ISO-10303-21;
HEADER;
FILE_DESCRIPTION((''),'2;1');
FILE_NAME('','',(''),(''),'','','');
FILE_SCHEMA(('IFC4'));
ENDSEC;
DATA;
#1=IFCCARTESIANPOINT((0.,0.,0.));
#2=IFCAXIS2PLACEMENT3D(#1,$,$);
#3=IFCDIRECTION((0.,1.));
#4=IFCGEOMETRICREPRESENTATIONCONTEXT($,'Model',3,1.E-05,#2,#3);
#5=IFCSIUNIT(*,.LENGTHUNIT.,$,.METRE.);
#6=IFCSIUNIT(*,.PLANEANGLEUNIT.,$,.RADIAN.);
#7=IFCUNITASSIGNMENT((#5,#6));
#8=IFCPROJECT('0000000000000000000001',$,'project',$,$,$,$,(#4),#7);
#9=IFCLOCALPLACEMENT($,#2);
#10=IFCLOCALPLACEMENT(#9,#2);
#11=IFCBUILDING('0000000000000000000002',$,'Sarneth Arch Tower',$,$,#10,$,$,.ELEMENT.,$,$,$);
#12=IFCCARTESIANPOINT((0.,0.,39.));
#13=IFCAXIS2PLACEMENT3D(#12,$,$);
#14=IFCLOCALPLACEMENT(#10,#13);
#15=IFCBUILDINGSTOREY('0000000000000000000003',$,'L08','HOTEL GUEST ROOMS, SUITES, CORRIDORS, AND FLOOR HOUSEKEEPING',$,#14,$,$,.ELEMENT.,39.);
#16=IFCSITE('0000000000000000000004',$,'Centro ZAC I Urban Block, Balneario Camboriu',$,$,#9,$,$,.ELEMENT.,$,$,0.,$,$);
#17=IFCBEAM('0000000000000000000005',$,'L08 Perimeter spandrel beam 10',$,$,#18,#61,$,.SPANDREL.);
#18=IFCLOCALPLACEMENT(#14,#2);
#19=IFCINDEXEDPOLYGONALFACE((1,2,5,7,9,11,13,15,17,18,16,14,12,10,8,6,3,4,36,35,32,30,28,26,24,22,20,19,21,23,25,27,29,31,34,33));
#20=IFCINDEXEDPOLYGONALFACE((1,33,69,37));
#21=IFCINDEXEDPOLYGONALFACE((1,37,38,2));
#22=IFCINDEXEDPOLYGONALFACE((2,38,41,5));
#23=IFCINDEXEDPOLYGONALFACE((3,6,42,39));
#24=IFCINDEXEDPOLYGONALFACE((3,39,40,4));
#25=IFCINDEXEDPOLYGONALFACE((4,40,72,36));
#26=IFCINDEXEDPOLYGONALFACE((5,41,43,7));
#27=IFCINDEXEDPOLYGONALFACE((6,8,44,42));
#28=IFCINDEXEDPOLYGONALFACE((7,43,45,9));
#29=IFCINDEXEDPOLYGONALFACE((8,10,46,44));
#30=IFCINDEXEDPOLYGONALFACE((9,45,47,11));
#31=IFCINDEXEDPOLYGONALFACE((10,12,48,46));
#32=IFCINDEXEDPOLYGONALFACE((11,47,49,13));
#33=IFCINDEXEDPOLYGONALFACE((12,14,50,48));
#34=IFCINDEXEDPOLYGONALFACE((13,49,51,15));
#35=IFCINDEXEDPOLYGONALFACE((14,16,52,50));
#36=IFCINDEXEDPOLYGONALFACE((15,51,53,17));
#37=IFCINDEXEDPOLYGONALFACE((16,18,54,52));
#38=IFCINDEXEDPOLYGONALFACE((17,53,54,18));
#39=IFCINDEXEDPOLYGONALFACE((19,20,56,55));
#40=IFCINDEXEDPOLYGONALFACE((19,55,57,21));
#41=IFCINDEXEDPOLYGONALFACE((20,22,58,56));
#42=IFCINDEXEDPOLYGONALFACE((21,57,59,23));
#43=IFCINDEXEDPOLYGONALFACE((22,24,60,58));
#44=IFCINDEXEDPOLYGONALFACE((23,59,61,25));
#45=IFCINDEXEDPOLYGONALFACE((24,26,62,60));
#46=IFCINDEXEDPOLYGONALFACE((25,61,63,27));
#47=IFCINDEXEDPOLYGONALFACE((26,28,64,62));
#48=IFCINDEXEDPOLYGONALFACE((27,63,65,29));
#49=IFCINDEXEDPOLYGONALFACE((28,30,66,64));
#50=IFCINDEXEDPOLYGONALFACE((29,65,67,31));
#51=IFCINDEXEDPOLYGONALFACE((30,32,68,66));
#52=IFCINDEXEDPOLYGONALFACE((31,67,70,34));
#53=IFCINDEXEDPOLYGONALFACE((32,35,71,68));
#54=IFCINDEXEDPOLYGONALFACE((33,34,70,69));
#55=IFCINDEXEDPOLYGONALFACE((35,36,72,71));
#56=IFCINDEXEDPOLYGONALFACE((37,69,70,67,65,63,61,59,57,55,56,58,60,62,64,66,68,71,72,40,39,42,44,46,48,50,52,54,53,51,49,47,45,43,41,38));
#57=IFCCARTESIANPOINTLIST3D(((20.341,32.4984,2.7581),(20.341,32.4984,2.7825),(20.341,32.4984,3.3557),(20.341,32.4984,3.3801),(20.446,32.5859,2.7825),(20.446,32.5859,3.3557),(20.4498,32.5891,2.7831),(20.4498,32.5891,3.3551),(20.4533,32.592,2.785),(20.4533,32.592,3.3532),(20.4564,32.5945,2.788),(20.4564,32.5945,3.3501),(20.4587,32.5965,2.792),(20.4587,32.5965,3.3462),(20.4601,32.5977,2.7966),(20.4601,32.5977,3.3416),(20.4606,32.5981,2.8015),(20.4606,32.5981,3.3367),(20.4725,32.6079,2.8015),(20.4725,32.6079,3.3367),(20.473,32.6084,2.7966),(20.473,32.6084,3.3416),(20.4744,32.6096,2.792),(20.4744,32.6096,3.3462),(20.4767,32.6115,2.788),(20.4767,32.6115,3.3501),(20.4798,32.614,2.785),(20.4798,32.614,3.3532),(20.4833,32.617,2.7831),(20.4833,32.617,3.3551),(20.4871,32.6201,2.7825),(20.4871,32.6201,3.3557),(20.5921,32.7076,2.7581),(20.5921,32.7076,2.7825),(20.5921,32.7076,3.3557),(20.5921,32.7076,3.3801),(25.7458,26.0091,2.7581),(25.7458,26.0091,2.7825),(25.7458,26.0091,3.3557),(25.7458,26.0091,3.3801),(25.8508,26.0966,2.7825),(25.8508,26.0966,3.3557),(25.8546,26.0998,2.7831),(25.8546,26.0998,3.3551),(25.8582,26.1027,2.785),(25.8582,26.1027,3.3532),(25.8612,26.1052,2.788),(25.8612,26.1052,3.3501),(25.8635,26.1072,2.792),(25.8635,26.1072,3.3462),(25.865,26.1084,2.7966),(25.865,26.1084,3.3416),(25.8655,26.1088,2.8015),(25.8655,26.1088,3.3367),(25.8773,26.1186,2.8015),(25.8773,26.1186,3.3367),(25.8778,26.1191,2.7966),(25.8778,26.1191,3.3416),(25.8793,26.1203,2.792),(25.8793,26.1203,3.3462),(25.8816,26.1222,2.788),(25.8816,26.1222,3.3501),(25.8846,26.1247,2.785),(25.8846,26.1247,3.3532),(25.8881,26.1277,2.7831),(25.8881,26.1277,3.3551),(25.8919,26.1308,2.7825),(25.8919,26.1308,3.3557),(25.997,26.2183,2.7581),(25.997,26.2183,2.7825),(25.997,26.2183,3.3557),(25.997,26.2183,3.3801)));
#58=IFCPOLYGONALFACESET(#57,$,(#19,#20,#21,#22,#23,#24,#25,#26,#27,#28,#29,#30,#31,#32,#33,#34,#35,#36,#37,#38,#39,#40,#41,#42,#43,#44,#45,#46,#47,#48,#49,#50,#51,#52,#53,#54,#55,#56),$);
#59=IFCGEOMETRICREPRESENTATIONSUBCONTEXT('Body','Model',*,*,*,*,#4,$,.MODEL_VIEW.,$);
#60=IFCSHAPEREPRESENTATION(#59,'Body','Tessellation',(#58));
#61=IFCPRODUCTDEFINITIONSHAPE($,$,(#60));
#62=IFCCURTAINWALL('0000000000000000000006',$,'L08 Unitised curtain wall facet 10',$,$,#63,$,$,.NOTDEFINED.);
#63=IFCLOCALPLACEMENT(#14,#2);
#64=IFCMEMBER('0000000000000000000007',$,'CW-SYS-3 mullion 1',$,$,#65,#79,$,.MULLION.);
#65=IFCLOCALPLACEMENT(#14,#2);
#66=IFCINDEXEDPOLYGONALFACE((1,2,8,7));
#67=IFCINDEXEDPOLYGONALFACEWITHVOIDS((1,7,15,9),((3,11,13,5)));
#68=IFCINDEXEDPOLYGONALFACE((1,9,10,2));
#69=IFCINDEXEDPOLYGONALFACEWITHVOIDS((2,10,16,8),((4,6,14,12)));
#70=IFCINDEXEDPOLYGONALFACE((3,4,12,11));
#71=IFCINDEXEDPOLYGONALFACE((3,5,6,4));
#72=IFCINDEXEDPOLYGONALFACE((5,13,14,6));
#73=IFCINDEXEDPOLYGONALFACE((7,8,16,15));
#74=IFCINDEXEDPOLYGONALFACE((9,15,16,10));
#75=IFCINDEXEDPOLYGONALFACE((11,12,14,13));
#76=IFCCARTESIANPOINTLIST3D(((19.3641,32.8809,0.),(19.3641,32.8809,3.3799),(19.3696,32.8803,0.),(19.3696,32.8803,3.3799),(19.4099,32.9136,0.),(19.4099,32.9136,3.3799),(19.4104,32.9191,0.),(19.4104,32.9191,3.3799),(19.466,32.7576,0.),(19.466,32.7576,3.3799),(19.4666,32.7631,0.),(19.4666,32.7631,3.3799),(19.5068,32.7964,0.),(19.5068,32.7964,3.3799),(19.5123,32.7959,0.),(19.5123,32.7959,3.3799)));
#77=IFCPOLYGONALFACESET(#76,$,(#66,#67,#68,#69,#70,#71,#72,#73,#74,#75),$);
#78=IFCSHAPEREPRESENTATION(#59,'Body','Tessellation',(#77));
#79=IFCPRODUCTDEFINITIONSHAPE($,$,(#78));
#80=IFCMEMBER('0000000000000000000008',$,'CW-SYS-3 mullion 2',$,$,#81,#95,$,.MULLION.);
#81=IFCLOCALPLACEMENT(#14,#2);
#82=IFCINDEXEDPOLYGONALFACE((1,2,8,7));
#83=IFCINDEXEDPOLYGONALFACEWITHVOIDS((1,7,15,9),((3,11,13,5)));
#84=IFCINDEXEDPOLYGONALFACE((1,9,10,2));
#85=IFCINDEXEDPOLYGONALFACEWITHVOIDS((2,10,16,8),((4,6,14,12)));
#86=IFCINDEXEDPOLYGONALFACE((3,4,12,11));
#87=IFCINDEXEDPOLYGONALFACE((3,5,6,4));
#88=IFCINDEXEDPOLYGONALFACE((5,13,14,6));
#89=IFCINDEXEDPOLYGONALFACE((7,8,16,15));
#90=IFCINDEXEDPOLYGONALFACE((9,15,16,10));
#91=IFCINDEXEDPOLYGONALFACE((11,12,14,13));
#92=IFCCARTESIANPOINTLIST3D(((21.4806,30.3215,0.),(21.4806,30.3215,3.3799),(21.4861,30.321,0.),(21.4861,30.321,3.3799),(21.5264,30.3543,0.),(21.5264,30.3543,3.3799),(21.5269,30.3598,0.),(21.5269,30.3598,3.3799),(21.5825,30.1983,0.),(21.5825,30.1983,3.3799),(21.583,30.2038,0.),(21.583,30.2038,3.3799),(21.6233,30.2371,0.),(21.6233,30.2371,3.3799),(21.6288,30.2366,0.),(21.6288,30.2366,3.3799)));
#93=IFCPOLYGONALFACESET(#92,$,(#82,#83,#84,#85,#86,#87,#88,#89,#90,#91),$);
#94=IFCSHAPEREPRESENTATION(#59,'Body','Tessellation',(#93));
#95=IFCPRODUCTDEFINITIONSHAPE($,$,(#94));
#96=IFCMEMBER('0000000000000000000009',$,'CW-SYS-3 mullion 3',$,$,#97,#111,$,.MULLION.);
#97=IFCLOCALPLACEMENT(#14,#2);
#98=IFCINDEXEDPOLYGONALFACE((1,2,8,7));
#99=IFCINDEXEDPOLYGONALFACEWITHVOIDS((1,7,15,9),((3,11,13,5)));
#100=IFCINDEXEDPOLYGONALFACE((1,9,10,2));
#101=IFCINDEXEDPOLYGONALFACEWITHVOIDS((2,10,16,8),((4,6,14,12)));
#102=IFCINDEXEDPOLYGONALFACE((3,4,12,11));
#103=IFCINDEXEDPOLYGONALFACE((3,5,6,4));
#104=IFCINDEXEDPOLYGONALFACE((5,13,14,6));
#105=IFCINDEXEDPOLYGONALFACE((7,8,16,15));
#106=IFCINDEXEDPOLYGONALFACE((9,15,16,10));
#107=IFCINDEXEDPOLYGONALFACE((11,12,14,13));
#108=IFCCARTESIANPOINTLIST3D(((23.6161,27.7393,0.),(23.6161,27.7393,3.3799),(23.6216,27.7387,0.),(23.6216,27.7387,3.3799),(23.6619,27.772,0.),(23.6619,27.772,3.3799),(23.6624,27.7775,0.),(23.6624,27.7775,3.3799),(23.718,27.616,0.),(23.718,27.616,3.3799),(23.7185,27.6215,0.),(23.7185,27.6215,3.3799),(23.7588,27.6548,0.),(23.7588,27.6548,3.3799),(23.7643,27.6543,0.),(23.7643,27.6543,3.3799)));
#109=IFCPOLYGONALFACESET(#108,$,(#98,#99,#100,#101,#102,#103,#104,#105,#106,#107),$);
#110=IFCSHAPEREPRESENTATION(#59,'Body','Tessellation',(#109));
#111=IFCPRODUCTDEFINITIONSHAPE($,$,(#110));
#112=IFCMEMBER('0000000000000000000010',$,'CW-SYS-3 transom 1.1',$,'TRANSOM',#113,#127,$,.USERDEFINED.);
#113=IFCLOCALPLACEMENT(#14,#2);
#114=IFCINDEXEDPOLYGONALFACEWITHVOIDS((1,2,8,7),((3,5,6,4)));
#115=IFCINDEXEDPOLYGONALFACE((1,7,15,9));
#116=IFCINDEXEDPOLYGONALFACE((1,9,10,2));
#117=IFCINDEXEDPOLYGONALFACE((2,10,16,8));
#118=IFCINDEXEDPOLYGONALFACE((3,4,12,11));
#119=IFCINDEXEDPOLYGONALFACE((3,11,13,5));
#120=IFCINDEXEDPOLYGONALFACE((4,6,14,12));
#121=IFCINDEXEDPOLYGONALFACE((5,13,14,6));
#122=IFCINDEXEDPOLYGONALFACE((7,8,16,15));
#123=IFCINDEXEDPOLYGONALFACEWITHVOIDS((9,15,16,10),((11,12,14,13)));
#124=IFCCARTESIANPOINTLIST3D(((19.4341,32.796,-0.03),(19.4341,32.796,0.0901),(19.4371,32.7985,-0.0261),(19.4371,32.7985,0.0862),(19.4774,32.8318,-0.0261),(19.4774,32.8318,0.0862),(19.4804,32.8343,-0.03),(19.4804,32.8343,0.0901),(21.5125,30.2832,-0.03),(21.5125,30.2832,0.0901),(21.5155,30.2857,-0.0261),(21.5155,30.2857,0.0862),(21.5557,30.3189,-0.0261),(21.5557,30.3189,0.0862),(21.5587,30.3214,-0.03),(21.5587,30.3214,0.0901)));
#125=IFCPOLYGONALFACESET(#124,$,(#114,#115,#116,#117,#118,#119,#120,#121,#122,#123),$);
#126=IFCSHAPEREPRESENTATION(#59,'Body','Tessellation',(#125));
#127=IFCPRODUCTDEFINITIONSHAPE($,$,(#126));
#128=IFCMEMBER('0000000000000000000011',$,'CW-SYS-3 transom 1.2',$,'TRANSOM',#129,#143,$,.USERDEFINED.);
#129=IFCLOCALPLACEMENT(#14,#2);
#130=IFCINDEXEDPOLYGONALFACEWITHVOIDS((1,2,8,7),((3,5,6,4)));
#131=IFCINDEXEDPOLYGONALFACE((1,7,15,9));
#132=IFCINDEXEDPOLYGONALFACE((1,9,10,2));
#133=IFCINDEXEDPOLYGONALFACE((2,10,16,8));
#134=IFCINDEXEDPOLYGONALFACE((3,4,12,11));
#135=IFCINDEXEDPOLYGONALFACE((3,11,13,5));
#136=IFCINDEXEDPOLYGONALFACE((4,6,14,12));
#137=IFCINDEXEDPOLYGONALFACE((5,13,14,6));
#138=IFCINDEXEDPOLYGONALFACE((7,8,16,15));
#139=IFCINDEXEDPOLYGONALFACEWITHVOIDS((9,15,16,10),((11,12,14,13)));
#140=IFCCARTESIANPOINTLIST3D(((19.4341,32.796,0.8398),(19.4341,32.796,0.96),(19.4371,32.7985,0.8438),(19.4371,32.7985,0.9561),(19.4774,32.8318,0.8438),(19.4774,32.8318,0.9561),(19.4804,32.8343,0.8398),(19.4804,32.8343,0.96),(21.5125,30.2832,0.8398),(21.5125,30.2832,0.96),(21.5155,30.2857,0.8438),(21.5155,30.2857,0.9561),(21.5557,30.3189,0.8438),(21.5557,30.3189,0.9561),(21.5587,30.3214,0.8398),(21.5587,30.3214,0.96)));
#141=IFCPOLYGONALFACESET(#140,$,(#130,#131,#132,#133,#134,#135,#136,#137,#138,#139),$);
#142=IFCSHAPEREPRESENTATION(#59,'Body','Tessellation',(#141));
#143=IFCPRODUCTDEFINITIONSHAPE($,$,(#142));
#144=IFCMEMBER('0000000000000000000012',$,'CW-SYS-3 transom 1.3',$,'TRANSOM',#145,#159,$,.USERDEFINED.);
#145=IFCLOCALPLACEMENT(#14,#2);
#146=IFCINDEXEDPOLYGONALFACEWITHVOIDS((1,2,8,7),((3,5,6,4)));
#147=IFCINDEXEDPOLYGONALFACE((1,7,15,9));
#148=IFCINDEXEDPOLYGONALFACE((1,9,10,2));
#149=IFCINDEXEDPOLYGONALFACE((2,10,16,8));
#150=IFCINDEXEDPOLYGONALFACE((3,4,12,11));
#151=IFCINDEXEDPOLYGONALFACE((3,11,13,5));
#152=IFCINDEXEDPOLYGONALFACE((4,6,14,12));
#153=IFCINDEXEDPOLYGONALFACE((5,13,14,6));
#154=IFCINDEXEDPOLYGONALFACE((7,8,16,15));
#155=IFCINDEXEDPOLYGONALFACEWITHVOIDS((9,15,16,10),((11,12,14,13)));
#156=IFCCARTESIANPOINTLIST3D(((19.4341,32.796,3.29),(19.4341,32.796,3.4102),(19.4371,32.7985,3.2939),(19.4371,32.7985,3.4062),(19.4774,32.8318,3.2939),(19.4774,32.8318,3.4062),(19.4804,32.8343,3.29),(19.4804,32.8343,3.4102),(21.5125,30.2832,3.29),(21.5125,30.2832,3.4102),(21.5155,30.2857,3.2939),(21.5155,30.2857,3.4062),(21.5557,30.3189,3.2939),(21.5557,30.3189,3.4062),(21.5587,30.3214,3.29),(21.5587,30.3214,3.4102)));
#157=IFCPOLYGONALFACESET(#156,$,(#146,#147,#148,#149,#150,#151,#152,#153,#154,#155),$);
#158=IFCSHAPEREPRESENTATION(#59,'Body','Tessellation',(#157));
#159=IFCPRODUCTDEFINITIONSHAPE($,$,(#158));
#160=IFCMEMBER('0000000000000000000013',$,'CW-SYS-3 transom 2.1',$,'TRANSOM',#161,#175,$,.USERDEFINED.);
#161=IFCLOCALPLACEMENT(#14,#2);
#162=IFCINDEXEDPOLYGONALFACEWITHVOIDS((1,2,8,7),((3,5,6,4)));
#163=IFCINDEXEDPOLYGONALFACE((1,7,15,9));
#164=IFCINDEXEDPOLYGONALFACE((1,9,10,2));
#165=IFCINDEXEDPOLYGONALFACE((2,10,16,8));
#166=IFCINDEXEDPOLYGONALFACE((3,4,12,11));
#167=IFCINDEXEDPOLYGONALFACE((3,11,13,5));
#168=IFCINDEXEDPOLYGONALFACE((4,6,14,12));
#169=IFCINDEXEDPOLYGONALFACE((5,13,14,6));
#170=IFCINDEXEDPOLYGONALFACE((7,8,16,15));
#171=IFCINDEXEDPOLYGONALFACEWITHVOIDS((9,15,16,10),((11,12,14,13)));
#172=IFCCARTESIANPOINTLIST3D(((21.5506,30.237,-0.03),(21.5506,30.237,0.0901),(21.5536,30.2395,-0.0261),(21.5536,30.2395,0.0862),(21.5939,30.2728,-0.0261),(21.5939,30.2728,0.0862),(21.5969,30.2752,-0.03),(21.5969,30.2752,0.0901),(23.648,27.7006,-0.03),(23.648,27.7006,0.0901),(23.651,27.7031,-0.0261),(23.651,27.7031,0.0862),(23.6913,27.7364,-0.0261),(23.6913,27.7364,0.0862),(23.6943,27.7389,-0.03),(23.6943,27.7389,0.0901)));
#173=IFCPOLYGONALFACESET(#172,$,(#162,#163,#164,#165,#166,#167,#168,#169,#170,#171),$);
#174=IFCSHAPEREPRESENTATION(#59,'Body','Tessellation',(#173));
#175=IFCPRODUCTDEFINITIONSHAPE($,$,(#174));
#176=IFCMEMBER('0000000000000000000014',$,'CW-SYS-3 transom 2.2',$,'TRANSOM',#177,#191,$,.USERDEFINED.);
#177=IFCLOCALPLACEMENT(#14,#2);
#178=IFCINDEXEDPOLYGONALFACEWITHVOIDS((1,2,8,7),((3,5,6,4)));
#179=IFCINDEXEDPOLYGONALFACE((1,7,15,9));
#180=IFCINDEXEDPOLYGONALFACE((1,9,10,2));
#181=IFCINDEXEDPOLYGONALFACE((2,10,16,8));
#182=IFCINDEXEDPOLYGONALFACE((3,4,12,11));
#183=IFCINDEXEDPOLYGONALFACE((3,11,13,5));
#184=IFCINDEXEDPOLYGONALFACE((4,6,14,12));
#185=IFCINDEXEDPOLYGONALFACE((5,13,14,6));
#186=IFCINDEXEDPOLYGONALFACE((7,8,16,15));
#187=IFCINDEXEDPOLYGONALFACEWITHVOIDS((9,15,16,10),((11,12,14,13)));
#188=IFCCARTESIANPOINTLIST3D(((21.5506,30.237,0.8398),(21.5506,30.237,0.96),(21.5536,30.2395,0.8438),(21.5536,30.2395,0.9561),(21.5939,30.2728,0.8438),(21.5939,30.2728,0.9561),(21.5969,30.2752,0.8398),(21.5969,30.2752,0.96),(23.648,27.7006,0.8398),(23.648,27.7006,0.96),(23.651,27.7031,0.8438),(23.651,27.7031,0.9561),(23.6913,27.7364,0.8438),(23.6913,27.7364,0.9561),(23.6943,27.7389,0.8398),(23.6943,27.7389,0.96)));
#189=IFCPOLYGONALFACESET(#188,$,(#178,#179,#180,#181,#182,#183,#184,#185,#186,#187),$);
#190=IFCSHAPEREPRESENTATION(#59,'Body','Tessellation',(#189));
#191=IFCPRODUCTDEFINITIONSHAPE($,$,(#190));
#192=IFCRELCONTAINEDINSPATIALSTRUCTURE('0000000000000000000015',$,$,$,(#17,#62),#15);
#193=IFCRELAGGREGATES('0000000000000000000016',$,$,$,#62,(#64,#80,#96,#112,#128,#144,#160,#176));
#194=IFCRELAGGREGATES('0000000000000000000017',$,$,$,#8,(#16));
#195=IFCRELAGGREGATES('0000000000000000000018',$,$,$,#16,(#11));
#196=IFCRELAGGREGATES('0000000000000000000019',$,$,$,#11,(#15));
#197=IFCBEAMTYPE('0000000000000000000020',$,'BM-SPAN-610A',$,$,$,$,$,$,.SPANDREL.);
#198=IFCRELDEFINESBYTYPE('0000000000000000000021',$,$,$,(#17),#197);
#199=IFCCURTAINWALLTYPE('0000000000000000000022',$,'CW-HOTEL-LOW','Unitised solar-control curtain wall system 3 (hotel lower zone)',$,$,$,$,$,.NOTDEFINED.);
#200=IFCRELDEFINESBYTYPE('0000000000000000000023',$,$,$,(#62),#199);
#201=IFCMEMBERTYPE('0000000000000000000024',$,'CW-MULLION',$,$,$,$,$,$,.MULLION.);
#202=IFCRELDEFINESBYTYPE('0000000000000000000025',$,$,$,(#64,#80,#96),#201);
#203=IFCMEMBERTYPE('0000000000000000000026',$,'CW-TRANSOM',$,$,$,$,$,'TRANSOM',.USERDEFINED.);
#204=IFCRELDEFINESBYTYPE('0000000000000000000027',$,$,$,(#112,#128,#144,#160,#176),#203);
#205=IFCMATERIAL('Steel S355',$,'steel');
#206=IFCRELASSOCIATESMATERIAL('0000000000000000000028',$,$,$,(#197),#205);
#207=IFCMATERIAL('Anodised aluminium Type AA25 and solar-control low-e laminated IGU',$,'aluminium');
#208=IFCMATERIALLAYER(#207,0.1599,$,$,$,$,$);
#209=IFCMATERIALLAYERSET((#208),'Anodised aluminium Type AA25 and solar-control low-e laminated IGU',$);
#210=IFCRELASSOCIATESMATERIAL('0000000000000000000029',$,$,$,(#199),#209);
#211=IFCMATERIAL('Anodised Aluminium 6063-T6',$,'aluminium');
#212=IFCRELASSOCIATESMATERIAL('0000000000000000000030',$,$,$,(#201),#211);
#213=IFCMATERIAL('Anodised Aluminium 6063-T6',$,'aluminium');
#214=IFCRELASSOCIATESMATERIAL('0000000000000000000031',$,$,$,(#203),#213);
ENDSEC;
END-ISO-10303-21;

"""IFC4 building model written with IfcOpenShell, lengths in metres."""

from ifc_helpers import new_model, si_unit, direction, frame, origin, origin_2d, place, context, subcontext, project, spatial, hollow_rectangle, i_section, extrude, material, layer, layer_set, material_profile, profile_set, type_object, element, aggregate, save


model = new_model("IFC4")

# Units and contexts
model_context = context("Model", 3, precision=1e-05, world=origin(), true_north=direction((0.0, 1.0)))
body_context = subcontext(model_context, "Body", "Model", "MODEL_VIEW")
ifc_project = project(units=[si_unit("LENGTHUNIT", "METRE"), si_unit("PLANEANGLEUNIT", "RADIAN")], contexts=[model_context])

# Site, building, storey
site_placement = place(None, origin())
site = spatial("IfcSite", under=ifc_project, at=site_placement, Name="Centro ZAC I Urban Block, Balneario Camboriu", CompositionType="ELEMENT", RefElevation=0.0)
building_placement = place(site_placement, origin())
building = spatial("IfcBuilding", under=site, at=building_placement, Name="Sarneth Arch Tower", CompositionType="ELEMENT")
storey_placement = place(building_placement, frame((0.0, 0.0, 39.0)))
storey = spatial("IfcBuildingStorey", under=building, at=storey_placement, Name="L08", Description="HOTEL GUEST ROOMS, SUITES, CORRIDORS, AND FLOOR HOUSEKEEPING", CompositionType="ELEMENT", Elevation=39.0)

# Beam
ifc_material_1 = material(Name="Steel S355", Category="steel")
ifc_material_profile_1 = material_profile(ifc_material_1, i_section(OverallWidth=0.3269, OverallDepth=0.6221, WebThickness=0.0154, FlangeThickness=0.0244, FilletRadius=0.019, at=origin_2d()), Name="W610x195")
ifc_profile_set_1 = profile_set([ifc_material_profile_1], Name="Steel S355")
beam_type_1 = type_object("IfcBeamType", Name="BM-SPAN-610A", PredefinedType="SPANDREL", material=ifc_profile_set_1)
beam_1_placement = place(storey_placement, frame((20.4666, 32.603, 3.0691), z_axis=(0.63998, -0.768392, 0.0), x_axis=(0.768392, 0.63998, 0.0)))
element("IfcBeam", 1, at=beam_1_placement, inside=storey, type_object=beam_type_1, Name="L08 Perimeter spandrel beam 10", PredefinedType="SPANDREL", context=body_context, shape_type="SweptSolid", body=[
    extrude(i_section(OverallWidth=0.3269, OverallDepth=0.6221, WebThickness=0.0154, FlangeThickness=0.0244, FilletRadius=0.019, at=origin_2d()), origin(), (0.0, 0.0, 1.0), 8.4453),
])

# Curtain wall, members
ifc_material_2 = material(Name="Anodised aluminium Type AA25 and solar-control low-e laminated IGU", Category="aluminium")
ifc_layer_1 = layer(ifc_material_2, 0.1599)
ifc_layer_set_1 = layer_set([ifc_layer_1], Name="Anodised aluminium Type AA25 and solar-control low-e laminated IGU")
curtain_wall_type = type_object("IfcCurtainWallType", Name="CW-HOTEL-LOW", Description="Unitised solar-control curtain wall system 3 (hotel lower zone)", PredefinedType="NOTDEFINED", material=ifc_layer_set_1)
curtain_wall_placement = place(storey_placement, origin())
curtain_wall = element("IfcCurtainWall", 2, at=curtain_wall_placement, inside=storey, type_object=curtain_wall_type, Name="L08 Unitised curtain wall facet 10", PredefinedType="NOTDEFINED")
ifc_material_3 = material(Name="Anodised Aluminium 6063-T6", Category="aluminium")
ifc_material_profile_2 = material_profile(ifc_material_3, hollow_rectangle(XDim=0.0601, YDim=0.1599, WallThickness=0.0039, at=origin_2d()), Name="AL-MULL-160x60x4")
ifc_profile_set_2 = profile_set([ifc_material_profile_2], Name="Anodised Aluminium 6063-T6")
member_type_1 = type_object("IfcMemberType", Name="CW-MULLION", PredefinedType="MULLION", material=ifc_profile_set_2)
member_1_placement = place(storey_placement, frame((19.4382, 32.8384, 0.0), z_axis=(0.0, 0.0, 1.0), x_axis=(0.770623, 0.637291, 0.0)))
member_1 = element("IfcMember", 3, at=member_1_placement, type_object=member_type_1, Name="CW-SYS-3 mullion 1", PredefinedType="MULLION", context=body_context, shape_type="SweptSolid", body=[
    extrude(hollow_rectangle(XDim=0.0601, YDim=0.1599, WallThickness=0.0039, at=origin_2d()), origin(), (0.0, 0.0, 1.0), 3.3799),
])
member_2_placement = place(storey_placement, frame((21.5547, 30.2791, 0.0), z_axis=(0.0, 0.0, 1.0), x_axis=(0.770623, 0.637291, 0.0)))
member_2 = element("IfcMember", 4, at=member_2_placement, type_object=member_type_1, Name="CW-SYS-3 mullion 2", PredefinedType="MULLION", context=body_context, shape_type="SweptSolid", body=[
    extrude(hollow_rectangle(XDim=0.0601, YDim=0.1599, WallThickness=0.0039, at=origin_2d()), origin(), (0.0, 0.0, 1.0), 3.3799),
])
member_3_placement = place(storey_placement, frame((23.6902, 27.6968, 0.0), z_axis=(0.0, 0.0, 1.0), x_axis=(0.770623, 0.637291, 0.0)))
member_3 = element("IfcMember", 5, at=member_3_placement, type_object=member_type_1, Name="CW-SYS-3 mullion 3", PredefinedType="MULLION", context=body_context, shape_type="SweptSolid", body=[
    extrude(hollow_rectangle(XDim=0.0601, YDim=0.1599, WallThickness=0.0039, at=origin_2d()), origin(), (0.0, 0.0, 1.0), 3.3799),
])
ifc_material_4 = material(Name="Anodised Aluminium 6063-T6", Category="aluminium")
ifc_material_profile_3 = material_profile(ifc_material_4, hollow_rectangle(XDim=0.0601, YDim=0.1201, WallThickness=0.0039, at=origin_2d()), Name="AL-TRAN-120x60x4")
ifc_profile_set_3 = profile_set([ifc_material_profile_3], Name="Anodised Aluminium 6063-T6")
member_type_2 = type_object("IfcMemberType", Name="CW-TRANSOM", ElementType="TRANSOM", PredefinedType="USERDEFINED", material=ifc_profile_set_3)
member_4_placement = place(storey_placement, frame((19.4573, 32.8152, 0.03), z_axis=(0.63733, -0.770591, 0.0), x_axis=(0.770591, 0.63733, 0.0)))
member_4 = element("IfcMember", 6, at=member_4_placement, type_object=member_type_2, Name="CW-SYS-3 transom 1.1", ObjectType="TRANSOM", PredefinedType="USERDEFINED", context=body_context, shape_type="SweptSolid", body=[
    extrude(hollow_rectangle(XDim=0.0601, YDim=0.1201, WallThickness=0.0039, at=origin_2d()), origin(), (0.0, 0.0, 1.0), 3.261),
])
member_5_placement = place(storey_placement, frame((19.4573, 32.8152, 0.8999), z_axis=(0.63733, -0.770591, 0.0), x_axis=(0.770591, 0.63733, 0.0)))
member_5 = element("IfcMember", 7, at=member_5_placement, type_object=member_type_2, Name="CW-SYS-3 transom 1.2", ObjectType="TRANSOM", PredefinedType="USERDEFINED", context=body_context, shape_type="SweptSolid", body=[
    extrude(hollow_rectangle(XDim=0.0601, YDim=0.1201, WallThickness=0.0039, at=origin_2d()), origin(), (0.0, 0.0, 1.0), 3.261),
])
member_6_placement = place(storey_placement, frame((19.4573, 32.8152, 3.3501), z_axis=(0.63733, -0.770591, 0.0), x_axis=(0.770591, 0.63733, 0.0)))
member_6 = element("IfcMember", 8, at=member_6_placement, type_object=member_type_2, Name="CW-SYS-3 transom 1.3", ObjectType="TRANSOM", PredefinedType="USERDEFINED", context=body_context, shape_type="SweptSolid", body=[
    extrude(hollow_rectangle(XDim=0.0601, YDim=0.1201, WallThickness=0.0039, at=origin_2d()), origin(), (0.0, 0.0, 1.0), 3.261),
])
member_7_placement = place(storey_placement, frame((21.5737, 30.2561, 0.03), z_axis=(0.637269, -0.770642, 0.0), x_axis=(0.770642, 0.637269, 0.0)))
member_7 = element("IfcMember", 9, at=member_7_placement, type_object=member_type_2, Name="CW-SYS-3 transom 2.1", ObjectType="TRANSOM", PredefinedType="USERDEFINED", context=body_context, shape_type="SweptSolid", body=[
    extrude(hollow_rectangle(XDim=0.0601, YDim=0.1201, WallThickness=0.0039, at=origin_2d()), origin(), (0.0, 0.0, 1.0), 3.2913),
])
member_8_placement = place(storey_placement, frame((21.5737, 30.2561, 0.8999), z_axis=(0.637269, -0.770642, 0.0), x_axis=(0.770642, 0.637269, 0.0)))
member_8 = element("IfcMember", 10, at=member_8_placement, type_object=member_type_2, Name="CW-SYS-3 transom 2.2", ObjectType="TRANSOM", PredefinedType="USERDEFINED", context=body_context, shape_type="SweptSolid", body=[
    extrude(hollow_rectangle(XDim=0.0601, YDim=0.1201, WallThickness=0.0039, at=origin_2d()), origin(), (0.0, 0.0, 1.0), 3.2913),
])
aggregate(curtain_wall, [member_1, member_2, member_3, member_4, member_5, member_6, member_7, member_8])

save(model, "model.ifc")
